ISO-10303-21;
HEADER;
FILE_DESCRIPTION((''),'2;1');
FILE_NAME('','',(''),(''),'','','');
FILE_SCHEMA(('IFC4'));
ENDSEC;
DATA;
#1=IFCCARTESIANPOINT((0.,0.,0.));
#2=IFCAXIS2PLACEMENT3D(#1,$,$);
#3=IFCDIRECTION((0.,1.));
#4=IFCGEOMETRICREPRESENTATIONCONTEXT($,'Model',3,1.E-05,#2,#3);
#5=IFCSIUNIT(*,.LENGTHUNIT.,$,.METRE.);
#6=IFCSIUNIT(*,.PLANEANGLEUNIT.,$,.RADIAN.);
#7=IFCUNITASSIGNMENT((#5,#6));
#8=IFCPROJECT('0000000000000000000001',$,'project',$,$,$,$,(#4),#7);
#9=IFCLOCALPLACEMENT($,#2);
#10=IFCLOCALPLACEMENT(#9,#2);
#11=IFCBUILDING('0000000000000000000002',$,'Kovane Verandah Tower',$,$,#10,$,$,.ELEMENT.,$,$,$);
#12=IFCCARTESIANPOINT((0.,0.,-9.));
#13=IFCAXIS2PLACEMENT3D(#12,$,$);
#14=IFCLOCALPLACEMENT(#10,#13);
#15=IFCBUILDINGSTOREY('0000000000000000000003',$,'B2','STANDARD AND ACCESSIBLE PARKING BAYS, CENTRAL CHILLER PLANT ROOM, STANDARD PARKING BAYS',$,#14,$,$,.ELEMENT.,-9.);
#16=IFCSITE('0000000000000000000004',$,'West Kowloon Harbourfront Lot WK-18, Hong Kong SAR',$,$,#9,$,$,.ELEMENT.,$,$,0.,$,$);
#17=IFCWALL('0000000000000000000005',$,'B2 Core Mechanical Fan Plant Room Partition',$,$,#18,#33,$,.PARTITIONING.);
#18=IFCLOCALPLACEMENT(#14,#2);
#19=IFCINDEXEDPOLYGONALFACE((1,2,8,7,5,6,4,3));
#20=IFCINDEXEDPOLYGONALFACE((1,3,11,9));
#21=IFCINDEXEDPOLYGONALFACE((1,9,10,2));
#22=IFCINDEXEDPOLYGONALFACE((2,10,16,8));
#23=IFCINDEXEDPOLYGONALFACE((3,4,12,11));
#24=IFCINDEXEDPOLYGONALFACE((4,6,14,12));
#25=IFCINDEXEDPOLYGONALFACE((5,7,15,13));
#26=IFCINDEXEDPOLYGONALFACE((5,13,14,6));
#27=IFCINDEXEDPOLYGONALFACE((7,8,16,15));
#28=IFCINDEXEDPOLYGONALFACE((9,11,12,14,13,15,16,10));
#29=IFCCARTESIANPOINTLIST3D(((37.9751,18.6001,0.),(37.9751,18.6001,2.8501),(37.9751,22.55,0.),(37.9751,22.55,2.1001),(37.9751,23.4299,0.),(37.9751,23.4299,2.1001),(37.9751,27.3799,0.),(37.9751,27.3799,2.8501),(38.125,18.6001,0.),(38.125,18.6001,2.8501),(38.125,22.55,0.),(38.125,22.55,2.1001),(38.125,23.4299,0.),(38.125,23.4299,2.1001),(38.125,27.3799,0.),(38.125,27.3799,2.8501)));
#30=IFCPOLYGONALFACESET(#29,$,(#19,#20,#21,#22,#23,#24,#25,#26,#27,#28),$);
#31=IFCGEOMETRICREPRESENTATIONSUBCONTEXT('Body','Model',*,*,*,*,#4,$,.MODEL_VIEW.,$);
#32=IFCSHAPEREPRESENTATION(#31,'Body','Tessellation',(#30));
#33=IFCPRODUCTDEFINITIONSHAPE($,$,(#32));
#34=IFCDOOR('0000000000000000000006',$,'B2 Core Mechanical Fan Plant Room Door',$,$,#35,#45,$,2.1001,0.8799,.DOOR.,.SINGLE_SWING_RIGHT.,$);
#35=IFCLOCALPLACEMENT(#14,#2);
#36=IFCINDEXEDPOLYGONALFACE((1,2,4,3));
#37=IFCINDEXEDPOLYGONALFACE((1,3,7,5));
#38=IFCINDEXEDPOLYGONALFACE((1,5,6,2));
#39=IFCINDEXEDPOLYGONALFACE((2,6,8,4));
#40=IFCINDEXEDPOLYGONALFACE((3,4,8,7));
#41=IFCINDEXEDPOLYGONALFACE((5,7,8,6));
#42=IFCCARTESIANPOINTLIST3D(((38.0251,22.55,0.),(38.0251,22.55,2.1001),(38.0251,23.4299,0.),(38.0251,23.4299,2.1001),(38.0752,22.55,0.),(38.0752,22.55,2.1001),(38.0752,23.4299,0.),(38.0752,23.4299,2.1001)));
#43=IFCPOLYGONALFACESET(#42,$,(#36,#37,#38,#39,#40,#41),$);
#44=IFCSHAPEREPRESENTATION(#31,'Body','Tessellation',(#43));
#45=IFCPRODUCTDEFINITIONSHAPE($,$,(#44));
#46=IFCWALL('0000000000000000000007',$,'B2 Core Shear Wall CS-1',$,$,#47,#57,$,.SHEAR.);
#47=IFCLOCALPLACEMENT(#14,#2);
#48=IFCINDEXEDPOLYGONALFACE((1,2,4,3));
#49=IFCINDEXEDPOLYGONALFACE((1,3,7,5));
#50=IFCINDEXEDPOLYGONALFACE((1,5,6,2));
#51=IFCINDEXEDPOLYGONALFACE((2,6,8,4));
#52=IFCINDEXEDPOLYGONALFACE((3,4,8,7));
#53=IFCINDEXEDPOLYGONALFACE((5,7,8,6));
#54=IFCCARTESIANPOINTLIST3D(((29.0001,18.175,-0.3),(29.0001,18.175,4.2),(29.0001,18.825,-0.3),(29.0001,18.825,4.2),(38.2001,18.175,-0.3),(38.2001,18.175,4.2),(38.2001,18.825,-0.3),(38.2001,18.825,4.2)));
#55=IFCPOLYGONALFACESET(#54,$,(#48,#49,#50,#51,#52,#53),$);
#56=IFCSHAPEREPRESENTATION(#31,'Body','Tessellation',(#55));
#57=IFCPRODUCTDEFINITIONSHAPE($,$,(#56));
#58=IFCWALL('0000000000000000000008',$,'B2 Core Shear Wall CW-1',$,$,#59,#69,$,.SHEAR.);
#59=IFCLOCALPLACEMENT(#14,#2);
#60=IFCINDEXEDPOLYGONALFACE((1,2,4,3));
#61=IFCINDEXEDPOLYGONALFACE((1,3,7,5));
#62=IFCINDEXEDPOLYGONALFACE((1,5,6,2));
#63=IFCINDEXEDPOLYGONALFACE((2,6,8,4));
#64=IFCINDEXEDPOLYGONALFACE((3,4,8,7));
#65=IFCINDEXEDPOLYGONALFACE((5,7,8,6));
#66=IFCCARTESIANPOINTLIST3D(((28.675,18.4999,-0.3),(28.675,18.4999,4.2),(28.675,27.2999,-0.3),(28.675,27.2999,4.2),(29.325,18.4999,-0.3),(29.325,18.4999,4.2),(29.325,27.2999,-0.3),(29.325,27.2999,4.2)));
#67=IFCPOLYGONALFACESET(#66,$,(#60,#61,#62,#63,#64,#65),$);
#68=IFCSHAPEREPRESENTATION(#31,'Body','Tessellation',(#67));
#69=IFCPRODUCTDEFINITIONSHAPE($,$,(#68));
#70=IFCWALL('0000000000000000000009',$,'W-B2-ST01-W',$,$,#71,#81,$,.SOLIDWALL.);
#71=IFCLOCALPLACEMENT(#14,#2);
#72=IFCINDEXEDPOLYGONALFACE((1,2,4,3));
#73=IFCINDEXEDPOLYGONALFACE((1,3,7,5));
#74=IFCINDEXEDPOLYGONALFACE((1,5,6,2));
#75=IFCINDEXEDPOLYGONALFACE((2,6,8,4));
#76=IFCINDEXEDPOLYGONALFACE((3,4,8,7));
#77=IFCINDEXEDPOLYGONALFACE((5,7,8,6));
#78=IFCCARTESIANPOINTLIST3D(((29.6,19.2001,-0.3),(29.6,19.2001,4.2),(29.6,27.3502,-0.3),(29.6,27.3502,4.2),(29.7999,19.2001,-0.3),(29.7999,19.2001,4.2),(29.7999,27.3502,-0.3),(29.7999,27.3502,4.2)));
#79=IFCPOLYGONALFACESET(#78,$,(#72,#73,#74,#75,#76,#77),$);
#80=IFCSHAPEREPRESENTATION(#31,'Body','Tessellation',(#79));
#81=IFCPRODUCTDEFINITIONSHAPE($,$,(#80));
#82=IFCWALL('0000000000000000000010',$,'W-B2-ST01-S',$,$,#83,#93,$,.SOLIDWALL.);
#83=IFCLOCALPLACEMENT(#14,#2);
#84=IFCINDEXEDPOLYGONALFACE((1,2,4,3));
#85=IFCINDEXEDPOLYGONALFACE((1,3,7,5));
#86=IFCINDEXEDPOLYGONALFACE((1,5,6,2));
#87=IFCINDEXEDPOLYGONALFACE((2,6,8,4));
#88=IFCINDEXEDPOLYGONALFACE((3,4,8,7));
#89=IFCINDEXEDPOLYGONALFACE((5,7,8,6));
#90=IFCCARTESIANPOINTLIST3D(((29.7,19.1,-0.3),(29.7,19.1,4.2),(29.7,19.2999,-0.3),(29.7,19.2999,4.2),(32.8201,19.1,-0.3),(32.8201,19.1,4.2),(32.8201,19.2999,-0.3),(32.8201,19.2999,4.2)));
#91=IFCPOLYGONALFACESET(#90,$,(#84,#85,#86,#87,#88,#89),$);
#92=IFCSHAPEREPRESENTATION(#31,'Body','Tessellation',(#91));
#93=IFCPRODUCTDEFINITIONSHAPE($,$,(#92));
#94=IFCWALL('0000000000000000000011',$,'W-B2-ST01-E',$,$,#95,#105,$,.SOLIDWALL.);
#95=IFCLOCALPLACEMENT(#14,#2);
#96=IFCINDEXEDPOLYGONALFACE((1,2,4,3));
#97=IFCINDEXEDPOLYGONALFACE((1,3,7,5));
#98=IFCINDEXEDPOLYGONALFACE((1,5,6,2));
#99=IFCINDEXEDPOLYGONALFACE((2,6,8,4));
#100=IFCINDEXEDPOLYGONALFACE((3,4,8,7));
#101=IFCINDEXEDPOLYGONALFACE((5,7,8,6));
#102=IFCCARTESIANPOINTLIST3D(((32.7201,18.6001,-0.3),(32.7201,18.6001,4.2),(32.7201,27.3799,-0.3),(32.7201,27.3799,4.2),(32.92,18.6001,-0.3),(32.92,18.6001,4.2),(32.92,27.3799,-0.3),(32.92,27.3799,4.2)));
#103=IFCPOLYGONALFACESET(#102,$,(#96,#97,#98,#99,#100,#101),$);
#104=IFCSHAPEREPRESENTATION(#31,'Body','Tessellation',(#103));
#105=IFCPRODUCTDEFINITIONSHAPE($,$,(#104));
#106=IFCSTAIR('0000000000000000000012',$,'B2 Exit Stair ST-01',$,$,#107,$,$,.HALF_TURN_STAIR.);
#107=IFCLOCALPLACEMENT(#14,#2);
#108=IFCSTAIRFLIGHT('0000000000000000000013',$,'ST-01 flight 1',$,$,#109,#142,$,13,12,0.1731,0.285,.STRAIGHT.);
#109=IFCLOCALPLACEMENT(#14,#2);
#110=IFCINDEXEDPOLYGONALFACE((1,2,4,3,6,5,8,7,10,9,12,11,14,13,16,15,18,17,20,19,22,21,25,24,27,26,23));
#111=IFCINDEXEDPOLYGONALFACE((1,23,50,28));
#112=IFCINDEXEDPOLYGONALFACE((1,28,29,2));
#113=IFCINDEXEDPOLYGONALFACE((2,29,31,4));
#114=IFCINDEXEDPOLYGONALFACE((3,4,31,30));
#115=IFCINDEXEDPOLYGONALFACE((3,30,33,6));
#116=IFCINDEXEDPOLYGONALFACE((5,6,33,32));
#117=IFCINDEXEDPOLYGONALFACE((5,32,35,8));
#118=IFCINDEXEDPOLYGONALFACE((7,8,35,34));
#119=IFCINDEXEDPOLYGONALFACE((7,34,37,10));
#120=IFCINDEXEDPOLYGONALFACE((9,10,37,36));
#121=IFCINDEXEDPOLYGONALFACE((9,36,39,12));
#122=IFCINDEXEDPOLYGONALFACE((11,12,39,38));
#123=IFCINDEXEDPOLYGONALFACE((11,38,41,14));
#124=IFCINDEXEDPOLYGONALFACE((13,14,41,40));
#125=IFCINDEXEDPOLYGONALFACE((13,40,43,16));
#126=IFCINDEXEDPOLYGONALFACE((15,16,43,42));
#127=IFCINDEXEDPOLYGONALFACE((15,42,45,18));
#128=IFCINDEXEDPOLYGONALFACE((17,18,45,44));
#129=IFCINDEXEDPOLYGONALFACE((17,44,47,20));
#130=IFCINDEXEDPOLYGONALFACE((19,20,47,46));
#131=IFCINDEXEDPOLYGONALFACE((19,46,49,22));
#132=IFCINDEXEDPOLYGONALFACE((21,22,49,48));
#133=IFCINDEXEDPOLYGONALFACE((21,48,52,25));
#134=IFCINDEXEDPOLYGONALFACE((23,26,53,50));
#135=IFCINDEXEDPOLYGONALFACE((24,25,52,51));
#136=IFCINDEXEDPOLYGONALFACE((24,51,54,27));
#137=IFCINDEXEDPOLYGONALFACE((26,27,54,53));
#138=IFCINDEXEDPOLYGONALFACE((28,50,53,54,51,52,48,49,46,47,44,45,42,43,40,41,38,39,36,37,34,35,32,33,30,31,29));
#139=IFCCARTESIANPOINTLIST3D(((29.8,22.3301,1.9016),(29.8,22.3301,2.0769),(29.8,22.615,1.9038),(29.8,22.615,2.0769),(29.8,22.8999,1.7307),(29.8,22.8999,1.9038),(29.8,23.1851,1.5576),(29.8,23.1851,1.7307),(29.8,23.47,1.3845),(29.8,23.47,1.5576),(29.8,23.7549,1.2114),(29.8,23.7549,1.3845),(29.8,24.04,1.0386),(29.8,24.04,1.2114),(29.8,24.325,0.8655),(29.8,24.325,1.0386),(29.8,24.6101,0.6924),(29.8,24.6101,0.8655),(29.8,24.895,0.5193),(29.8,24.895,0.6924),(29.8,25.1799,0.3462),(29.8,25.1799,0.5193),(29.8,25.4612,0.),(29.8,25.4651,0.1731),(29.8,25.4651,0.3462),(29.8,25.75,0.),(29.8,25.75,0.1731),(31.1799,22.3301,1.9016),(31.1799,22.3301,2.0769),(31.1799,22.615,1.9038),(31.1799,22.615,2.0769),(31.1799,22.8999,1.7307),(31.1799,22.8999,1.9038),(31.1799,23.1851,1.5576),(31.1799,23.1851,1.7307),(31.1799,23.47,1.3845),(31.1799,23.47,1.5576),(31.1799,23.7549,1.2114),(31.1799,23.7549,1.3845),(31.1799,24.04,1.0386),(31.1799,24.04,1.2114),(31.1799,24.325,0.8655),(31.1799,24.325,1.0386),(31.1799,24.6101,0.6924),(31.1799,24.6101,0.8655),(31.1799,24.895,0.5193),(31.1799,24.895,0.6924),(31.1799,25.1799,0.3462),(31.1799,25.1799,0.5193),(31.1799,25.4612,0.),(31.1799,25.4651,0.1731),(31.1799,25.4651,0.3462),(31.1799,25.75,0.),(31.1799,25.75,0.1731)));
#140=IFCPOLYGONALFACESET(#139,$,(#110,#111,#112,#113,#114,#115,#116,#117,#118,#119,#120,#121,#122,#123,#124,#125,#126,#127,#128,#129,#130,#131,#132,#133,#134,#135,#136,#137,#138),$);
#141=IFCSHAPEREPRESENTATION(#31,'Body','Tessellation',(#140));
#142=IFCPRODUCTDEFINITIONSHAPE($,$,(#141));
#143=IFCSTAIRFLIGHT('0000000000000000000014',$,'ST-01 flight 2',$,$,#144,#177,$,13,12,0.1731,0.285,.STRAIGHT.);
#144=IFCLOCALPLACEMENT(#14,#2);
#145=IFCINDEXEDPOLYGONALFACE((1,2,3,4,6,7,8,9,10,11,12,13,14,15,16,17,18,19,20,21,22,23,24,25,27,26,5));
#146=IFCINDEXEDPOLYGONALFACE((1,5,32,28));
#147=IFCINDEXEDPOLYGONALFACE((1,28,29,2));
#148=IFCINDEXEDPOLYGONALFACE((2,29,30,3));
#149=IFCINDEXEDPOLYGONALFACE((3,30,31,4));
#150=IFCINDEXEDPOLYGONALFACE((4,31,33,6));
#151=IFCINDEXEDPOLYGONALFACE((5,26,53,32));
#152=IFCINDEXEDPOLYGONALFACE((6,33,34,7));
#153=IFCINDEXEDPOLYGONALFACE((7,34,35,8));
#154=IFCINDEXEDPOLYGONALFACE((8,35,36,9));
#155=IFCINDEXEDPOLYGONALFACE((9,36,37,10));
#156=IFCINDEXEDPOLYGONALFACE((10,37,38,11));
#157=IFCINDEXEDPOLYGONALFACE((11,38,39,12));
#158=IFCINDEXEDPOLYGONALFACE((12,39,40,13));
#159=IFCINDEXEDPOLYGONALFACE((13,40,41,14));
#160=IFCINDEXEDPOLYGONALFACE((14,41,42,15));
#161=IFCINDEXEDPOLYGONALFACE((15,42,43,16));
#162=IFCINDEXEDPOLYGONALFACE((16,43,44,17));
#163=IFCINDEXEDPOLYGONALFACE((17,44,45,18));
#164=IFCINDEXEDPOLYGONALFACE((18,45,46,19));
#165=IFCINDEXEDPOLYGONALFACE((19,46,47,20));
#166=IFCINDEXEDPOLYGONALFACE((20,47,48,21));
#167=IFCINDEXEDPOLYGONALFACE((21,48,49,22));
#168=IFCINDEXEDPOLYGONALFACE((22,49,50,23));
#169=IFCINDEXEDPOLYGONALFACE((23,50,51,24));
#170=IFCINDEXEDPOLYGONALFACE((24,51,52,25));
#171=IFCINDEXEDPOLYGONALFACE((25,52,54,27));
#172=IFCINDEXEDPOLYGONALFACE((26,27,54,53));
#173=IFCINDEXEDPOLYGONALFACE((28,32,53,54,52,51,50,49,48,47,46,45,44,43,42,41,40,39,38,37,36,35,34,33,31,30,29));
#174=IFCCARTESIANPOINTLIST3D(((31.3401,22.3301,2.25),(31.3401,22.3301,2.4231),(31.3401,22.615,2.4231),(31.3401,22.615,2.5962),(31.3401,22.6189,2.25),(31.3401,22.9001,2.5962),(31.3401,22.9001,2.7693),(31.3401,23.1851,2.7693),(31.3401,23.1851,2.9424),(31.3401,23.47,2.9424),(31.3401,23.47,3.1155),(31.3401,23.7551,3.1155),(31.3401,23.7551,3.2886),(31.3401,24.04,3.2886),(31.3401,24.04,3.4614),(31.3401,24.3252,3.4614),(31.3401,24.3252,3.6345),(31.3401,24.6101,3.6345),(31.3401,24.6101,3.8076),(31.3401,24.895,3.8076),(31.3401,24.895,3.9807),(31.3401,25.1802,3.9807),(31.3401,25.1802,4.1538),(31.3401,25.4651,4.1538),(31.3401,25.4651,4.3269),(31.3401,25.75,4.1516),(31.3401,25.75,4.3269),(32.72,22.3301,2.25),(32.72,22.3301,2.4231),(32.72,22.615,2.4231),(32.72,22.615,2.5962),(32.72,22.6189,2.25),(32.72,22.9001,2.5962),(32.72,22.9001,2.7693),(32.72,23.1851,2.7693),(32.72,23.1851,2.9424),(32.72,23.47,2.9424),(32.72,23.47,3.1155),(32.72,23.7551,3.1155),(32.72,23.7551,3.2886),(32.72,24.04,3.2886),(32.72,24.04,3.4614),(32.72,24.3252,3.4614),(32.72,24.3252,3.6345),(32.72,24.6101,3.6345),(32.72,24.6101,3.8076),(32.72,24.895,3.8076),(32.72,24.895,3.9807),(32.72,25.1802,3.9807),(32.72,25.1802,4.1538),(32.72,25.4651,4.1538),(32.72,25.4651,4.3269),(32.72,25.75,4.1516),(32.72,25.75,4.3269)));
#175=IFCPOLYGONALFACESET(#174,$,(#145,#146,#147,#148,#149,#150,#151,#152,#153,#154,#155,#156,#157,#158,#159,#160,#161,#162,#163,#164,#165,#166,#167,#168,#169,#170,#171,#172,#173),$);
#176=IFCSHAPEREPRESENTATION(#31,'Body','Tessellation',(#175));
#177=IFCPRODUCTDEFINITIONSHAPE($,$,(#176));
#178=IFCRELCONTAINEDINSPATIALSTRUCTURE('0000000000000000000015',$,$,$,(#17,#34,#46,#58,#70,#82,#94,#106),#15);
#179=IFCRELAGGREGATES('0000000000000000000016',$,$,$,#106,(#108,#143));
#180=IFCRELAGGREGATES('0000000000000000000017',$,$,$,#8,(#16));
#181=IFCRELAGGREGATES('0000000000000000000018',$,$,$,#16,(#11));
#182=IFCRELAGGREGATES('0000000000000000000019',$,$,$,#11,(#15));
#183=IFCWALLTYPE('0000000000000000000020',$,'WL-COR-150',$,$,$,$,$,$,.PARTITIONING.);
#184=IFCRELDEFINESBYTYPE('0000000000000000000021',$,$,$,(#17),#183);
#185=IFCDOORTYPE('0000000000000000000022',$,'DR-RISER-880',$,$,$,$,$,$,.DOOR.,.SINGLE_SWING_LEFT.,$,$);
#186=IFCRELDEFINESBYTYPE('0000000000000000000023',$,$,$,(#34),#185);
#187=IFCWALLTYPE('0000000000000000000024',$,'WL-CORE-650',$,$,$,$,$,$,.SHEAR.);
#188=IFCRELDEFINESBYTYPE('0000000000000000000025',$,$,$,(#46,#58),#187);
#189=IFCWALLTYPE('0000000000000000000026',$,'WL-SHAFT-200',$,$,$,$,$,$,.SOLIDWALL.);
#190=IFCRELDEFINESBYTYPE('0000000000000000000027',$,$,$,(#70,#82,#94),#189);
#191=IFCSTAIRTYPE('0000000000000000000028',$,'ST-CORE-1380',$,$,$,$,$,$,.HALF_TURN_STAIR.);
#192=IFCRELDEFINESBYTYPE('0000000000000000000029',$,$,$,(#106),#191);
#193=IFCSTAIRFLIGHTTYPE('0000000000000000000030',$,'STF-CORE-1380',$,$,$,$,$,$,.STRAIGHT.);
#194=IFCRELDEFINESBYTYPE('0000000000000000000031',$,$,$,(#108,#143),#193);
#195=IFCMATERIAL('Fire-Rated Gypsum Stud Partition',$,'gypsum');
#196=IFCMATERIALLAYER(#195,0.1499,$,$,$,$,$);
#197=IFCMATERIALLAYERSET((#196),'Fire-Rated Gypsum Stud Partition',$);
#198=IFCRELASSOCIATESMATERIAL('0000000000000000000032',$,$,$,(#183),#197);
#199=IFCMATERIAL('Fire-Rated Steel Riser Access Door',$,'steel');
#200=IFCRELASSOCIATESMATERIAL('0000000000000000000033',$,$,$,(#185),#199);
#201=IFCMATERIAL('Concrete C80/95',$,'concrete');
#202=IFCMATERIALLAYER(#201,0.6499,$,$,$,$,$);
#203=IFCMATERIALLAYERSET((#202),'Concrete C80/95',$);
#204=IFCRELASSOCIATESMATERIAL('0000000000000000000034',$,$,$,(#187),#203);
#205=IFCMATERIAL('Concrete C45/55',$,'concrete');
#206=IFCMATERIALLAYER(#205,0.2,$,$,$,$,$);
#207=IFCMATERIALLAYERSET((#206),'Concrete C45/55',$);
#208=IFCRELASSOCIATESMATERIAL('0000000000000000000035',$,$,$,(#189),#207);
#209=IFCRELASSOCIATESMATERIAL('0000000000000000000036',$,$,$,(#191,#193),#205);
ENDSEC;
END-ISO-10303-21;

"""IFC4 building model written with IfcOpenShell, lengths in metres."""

from ifc_helpers import new_model, si_unit, direction, frame, frame_2d, origin, place, context, subcontext, project, spatial, polyline, rectangle, outline, extrude, material, layer, layer_set, type_object, element, fill, aggregate, save


model = new_model("IFC4")

# Units and contexts
model_context = context("Model", 3, precision=1e-05, world=origin(), true_north=direction((0.0, 1.0)))
body_context = subcontext(model_context, "Body", "Model", "MODEL_VIEW")
ifc_project = project(units=[si_unit("LENGTHUNIT", "METRE"), si_unit("PLANEANGLEUNIT", "RADIAN")], contexts=[model_context])

# Site, building, storey
site_placement = place(None, origin())
site = spatial("IfcSite", under=ifc_project, at=site_placement, Name="West Kowloon Harbourfront Lot WK-18, Hong Kong SAR", CompositionType="ELEMENT", RefElevation=0.0)
building_placement = place(site_placement, origin())
building = spatial("IfcBuilding", under=site, at=building_placement, Name="Kovane Verandah Tower", CompositionType="ELEMENT")
storey_placement = place(building_placement, frame((0.0, 0.0, -9.0)))
storey = spatial("IfcBuildingStorey", under=building, at=storey_placement, Name="B2", Description="STANDARD AND ACCESSIBLE PARKING BAYS, CENTRAL CHILLER PLANT ROOM, STANDARD PARKING BAYS", CompositionType="ELEMENT", Elevation=-9.0)

# Shared definitions
ifc_material_1 = material(Name="Concrete C80/95", Category="concrete")

# Shared definitions
ifc_material_2 = material(Name="Concrete C45/55", Category="concrete")

# Wall, opening, door
ifc_material_3 = material(Name="Fire-Rated Gypsum Stud Partition", Category="gypsum")
ifc_layer_1 = layer(ifc_material_3, 0.1499)
ifc_layer_set_1 = layer_set([ifc_layer_1], Name="Fire-Rated Gypsum Stud Partition")
wall_type_1 = type_object("IfcWallType", Name="WL-COR-150", PredefinedType="PARTITIONING", material=ifc_layer_set_1)
wall_1_placement = place(storey_placement, frame((38.05, 18.6001, 0.0), z_axis=(0.0, 0.0, 1.0), x_axis=(0.0, 1.0, 0.0)))
wall_1 = element("IfcWall", 1, at=wall_1_placement, inside=storey, type_object=wall_type_1, Name="B2 Core Mechanical Fan Plant Room Partition", PredefinedType="PARTITIONING", context=body_context, shape_type="SweptSolid", body=[
    extrude(rectangle(XDim=8.7798, YDim=0.1499, at=frame_2d((4.3899, 0.0))), origin(), (0.0, 0.0, 1.0), 2.8501),
])
opening_placement = place(wall_1_placement, frame((3.95, 0.0, 0.0)))
opening = element("IfcOpeningElement", 2, at=opening_placement, cuts=wall_1, PredefinedType="OPENING", context=body_context, shape_type="SweptSolid", body=[
    extrude(rectangle(XDim=0.8799, YDim=2.1001, at=frame_2d((0.4399, 1.05))), frame((0.0, 0.075, 0.0), z_axis=(0.0, -1.0, 0.0), x_axis=(1.0, 0.0, 0.0)), (0.0, 0.0, 1.0), 0.1499),
])
ifc_material_4 = material(Name="Fire-Rated Steel Riser Access Door", Category="steel")
door_type = type_object("IfcDoorType", Name="DR-RISER-880", OperationType="SINGLE_SWING_LEFT", PredefinedType="DOOR", material=ifc_material_4)
door_placement = place(opening_placement, origin())
door = element("IfcDoor", 3, at=door_placement, inside=storey, type_object=door_type, Name="B2 Core Mechanical Fan Plant Room Door", OperationType="SINGLE_SWING_RIGHT", OverallHeight=2.1001, OverallWidth=0.8799, PredefinedType="DOOR", context=body_context, shape_type="SweptSolid", body=[
    extrude(rectangle(XDim=0.8799, YDim=2.1001, at=frame_2d((0.4399, 1.05))), frame((0.0, 0.0249, 0.0), z_axis=(0.0, -1.0, 0.0), x_axis=(1.0, 0.0, 0.0)), (0.0, 0.0, 1.0), 0.05),
])
fill(opening, door)

# Walls
ifc_layer_2 = layer(ifc_material_1, 0.6499)
ifc_layer_set_2 = layer_set([ifc_layer_2], Name="Concrete C80/95")
wall_type_2 = type_object("IfcWallType", Name="WL-CORE-650", PredefinedType="SHEAR", material=ifc_layer_set_2)
wall_2_placement = place(storey_placement, frame((29.0, 18.5, -0.3), z_axis=(0.0, 0.0, 1.0), x_axis=(1.0, 0.0, 0.0)))
element("IfcWall", 4, at=wall_2_placement, inside=storey, type_object=wall_type_2, Name="B2 Core Shear Wall CS-1", PredefinedType="SHEAR", context=body_context, shape_type="SweptSolid", body=[
    extrude(rectangle(XDim=9.2, YDim=0.6499, at=frame_2d((4.6001, 0.0))), origin(), (0.0, 0.0, 1.0), 4.5),
])
wall_3_placement = place(storey_placement, frame((29.0, 18.5, -0.3), z_axis=(0.0, 0.0, 1.0), x_axis=(0.0, 1.0, 0.0)))
element("IfcWall", 5, at=wall_3_placement, inside=storey, type_object=wall_type_2, Name="B2 Core Shear Wall CW-1", PredefinedType="SHEAR", context=body_context, shape_type="SweptSolid", body=[
    extrude(rectangle(XDim=8.8, YDim=0.6499, at=frame_2d((4.3999, 0.0))), origin(), (0.0, 0.0, 1.0), 4.5),
])
ifc_layer_3 = layer(ifc_material_2, 0.2)
ifc_layer_set_3 = layer_set([ifc_layer_3], Name="Concrete C45/55")
wall_type_3 = type_object("IfcWallType", Name="WL-SHAFT-200", PredefinedType="SOLIDWALL", material=ifc_layer_set_3)
wall_4_placement = place(storey_placement, frame((29.7, 19.2, -0.3), z_axis=(0.0, 0.0, 1.0), x_axis=(0.0, 1.0, 0.0)))
element("IfcWall", 6, at=wall_4_placement, inside=storey, type_object=wall_type_3, Name="W-B2-ST01-W", PredefinedType="SOLIDWALL", context=body_context, shape_type="SweptSolid", body=[
    extrude(rectangle(XDim=8.1501, YDim=0.2, at=frame_2d((4.0752, 0.0))), origin(), (0.0, 0.0, 1.0), 4.5),
])
wall_5_placement = place(storey_placement, frame((29.7, 19.2, -0.3), z_axis=(0.0, 0.0, 1.0), x_axis=(1.0, 0.0, 0.0)))
element("IfcWall", 7, at=wall_5_placement, inside=storey, type_object=wall_type_3, Name="W-B2-ST01-S", PredefinedType="SOLIDWALL", context=body_context, shape_type="SweptSolid", body=[
    extrude(rectangle(XDim=3.1201, YDim=0.2, at=frame_2d((1.5601, 0.0))), origin(), (0.0, 0.0, 1.0), 4.5),
])
wall_6_placement = place(storey_placement, frame((32.8201, 18.6001, -0.3), z_axis=(0.0, 0.0, 1.0), x_axis=(0.0, 1.0, 0.0)))
element("IfcWall", 8, at=wall_6_placement, inside=storey, type_object=wall_type_3, Name="W-B2-ST01-E", PredefinedType="SOLIDWALL", context=body_context, shape_type="SweptSolid", body=[
    extrude(rectangle(XDim=8.7798, YDim=0.2, at=frame_2d((4.3899, 0.0))), origin(), (0.0, 0.0, 1.0), 4.5),
])

# Stair, stair flights
stair_type = type_object("IfcStairType", Name="ST-CORE-1380", PredefinedType="HALF_TURN_STAIR", material=ifc_material_2)
stair_placement = place(storey_placement, origin())
stair = element("IfcStair", 9, at=stair_placement, inside=storey, type_object=stair_type, Name="B2 Exit Stair ST-01", PredefinedType="HALF_TURN_STAIR")
stair_flight_type = type_object("IfcStairFlightType", Name="STF-CORE-1380", PredefinedType="STRAIGHT", material=ifc_material_2)
stair_flight_1_placement = place(storey_placement, frame((30.49, 25.75, 0.0), z_axis=(0.0, 0.0, 1.0), x_axis=(0.0, -1.0, 0.0)))
stair_flight_1 = element("IfcStairFlight", 10, at=stair_flight_1_placement, type_object=stair_flight_type, Name="ST-01 flight 1", NumberOfRisers=13, NumberOfTreads=12, PredefinedType="STRAIGHT", RiserHeight=0.1731, TreadLength=0.285, context=body_context, shape_type="SweptSolid", body=[
    extrude(outline(polyline([(0.0, 0.0), (0.0, 0.1731), (0.2849, 0.1731), (0.2849, 0.3462), (0.5701, 0.3462), (0.5701, 0.5193), (0.855, 0.5193), (0.855, 0.6924), (1.1399, 0.6924), (1.1399, 0.8655), (1.425, 0.8655), (1.425, 1.0386), (1.71, 1.0386), (1.71, 1.2114), (1.9951, 1.2114), (1.9951, 1.3845), (2.28, 1.3845), (2.28, 1.5576), (2.5649, 1.5576), (2.5649, 1.7307), (2.8501, 1.7307), (2.8501, 1.9038), (3.135, 1.9038), (3.135, 2.0769), (3.4199, 2.0769), (3.4199, 2.25), (3.4199, 1.9016), (0.2888, 0.0), (0.0, 0.0)])), frame((0.0, 0.6899, 0.0), z_axis=(0.0, -1.0, 0.0), x_axis=(1.0, 0.0, 0.0)), (0.0, 0.0, 1.0), 1.3799),
])
stair_flight_2_placement = place(storey_placement, frame((32.03, 22.3301, 2.25), z_axis=(0.0, 0.0, 1.0), x_axis=(0.0, 1.0, 0.0)))
stair_flight_2 = element("IfcStairFlight", 11, at=stair_flight_2_placement, type_object=stair_flight_type, Name="ST-01 flight 2", NumberOfRisers=13, NumberOfTreads=12, PredefinedType="STRAIGHT", RiserHeight=0.1731, TreadLength=0.285, context=body_context, shape_type="SweptSolid", body=[
    extrude(outline(polyline([(0.0, 0.0), (0.0, 0.1731), (0.2849, 0.1731), (0.2849, 0.3462), (0.5701, 0.3462), (0.5701, 0.5193), (0.855, 0.5193), (0.855, 0.6924), (1.1399, 0.6924), (1.1399, 0.8655), (1.425, 0.8655), (1.425, 1.0386), (1.71, 1.0386), (1.71, 1.2114), (1.9951, 1.2114), (1.9951, 1.3845), (2.28, 1.3845), (2.28, 1.5576), (2.5649, 1.5576), (2.5649, 1.7307), (2.8501, 1.7307), (2.8501, 1.9038), (3.135, 1.9038), (3.135, 2.0769), (3.4199, 2.0769), (3.4199, 2.25), (3.4199, 1.9016), (0.2888, 0.0), (0.0, 0.0)])), frame((0.0, 0.6899, 0.0), z_axis=(0.0, -1.0, 0.0), x_axis=(1.0, 0.0, 0.0)), (0.0, 0.0, 1.0), 1.3799),
])
aggregate(stair, [stair_flight_1, stair_flight_2])

save(model, "model.ifc")
